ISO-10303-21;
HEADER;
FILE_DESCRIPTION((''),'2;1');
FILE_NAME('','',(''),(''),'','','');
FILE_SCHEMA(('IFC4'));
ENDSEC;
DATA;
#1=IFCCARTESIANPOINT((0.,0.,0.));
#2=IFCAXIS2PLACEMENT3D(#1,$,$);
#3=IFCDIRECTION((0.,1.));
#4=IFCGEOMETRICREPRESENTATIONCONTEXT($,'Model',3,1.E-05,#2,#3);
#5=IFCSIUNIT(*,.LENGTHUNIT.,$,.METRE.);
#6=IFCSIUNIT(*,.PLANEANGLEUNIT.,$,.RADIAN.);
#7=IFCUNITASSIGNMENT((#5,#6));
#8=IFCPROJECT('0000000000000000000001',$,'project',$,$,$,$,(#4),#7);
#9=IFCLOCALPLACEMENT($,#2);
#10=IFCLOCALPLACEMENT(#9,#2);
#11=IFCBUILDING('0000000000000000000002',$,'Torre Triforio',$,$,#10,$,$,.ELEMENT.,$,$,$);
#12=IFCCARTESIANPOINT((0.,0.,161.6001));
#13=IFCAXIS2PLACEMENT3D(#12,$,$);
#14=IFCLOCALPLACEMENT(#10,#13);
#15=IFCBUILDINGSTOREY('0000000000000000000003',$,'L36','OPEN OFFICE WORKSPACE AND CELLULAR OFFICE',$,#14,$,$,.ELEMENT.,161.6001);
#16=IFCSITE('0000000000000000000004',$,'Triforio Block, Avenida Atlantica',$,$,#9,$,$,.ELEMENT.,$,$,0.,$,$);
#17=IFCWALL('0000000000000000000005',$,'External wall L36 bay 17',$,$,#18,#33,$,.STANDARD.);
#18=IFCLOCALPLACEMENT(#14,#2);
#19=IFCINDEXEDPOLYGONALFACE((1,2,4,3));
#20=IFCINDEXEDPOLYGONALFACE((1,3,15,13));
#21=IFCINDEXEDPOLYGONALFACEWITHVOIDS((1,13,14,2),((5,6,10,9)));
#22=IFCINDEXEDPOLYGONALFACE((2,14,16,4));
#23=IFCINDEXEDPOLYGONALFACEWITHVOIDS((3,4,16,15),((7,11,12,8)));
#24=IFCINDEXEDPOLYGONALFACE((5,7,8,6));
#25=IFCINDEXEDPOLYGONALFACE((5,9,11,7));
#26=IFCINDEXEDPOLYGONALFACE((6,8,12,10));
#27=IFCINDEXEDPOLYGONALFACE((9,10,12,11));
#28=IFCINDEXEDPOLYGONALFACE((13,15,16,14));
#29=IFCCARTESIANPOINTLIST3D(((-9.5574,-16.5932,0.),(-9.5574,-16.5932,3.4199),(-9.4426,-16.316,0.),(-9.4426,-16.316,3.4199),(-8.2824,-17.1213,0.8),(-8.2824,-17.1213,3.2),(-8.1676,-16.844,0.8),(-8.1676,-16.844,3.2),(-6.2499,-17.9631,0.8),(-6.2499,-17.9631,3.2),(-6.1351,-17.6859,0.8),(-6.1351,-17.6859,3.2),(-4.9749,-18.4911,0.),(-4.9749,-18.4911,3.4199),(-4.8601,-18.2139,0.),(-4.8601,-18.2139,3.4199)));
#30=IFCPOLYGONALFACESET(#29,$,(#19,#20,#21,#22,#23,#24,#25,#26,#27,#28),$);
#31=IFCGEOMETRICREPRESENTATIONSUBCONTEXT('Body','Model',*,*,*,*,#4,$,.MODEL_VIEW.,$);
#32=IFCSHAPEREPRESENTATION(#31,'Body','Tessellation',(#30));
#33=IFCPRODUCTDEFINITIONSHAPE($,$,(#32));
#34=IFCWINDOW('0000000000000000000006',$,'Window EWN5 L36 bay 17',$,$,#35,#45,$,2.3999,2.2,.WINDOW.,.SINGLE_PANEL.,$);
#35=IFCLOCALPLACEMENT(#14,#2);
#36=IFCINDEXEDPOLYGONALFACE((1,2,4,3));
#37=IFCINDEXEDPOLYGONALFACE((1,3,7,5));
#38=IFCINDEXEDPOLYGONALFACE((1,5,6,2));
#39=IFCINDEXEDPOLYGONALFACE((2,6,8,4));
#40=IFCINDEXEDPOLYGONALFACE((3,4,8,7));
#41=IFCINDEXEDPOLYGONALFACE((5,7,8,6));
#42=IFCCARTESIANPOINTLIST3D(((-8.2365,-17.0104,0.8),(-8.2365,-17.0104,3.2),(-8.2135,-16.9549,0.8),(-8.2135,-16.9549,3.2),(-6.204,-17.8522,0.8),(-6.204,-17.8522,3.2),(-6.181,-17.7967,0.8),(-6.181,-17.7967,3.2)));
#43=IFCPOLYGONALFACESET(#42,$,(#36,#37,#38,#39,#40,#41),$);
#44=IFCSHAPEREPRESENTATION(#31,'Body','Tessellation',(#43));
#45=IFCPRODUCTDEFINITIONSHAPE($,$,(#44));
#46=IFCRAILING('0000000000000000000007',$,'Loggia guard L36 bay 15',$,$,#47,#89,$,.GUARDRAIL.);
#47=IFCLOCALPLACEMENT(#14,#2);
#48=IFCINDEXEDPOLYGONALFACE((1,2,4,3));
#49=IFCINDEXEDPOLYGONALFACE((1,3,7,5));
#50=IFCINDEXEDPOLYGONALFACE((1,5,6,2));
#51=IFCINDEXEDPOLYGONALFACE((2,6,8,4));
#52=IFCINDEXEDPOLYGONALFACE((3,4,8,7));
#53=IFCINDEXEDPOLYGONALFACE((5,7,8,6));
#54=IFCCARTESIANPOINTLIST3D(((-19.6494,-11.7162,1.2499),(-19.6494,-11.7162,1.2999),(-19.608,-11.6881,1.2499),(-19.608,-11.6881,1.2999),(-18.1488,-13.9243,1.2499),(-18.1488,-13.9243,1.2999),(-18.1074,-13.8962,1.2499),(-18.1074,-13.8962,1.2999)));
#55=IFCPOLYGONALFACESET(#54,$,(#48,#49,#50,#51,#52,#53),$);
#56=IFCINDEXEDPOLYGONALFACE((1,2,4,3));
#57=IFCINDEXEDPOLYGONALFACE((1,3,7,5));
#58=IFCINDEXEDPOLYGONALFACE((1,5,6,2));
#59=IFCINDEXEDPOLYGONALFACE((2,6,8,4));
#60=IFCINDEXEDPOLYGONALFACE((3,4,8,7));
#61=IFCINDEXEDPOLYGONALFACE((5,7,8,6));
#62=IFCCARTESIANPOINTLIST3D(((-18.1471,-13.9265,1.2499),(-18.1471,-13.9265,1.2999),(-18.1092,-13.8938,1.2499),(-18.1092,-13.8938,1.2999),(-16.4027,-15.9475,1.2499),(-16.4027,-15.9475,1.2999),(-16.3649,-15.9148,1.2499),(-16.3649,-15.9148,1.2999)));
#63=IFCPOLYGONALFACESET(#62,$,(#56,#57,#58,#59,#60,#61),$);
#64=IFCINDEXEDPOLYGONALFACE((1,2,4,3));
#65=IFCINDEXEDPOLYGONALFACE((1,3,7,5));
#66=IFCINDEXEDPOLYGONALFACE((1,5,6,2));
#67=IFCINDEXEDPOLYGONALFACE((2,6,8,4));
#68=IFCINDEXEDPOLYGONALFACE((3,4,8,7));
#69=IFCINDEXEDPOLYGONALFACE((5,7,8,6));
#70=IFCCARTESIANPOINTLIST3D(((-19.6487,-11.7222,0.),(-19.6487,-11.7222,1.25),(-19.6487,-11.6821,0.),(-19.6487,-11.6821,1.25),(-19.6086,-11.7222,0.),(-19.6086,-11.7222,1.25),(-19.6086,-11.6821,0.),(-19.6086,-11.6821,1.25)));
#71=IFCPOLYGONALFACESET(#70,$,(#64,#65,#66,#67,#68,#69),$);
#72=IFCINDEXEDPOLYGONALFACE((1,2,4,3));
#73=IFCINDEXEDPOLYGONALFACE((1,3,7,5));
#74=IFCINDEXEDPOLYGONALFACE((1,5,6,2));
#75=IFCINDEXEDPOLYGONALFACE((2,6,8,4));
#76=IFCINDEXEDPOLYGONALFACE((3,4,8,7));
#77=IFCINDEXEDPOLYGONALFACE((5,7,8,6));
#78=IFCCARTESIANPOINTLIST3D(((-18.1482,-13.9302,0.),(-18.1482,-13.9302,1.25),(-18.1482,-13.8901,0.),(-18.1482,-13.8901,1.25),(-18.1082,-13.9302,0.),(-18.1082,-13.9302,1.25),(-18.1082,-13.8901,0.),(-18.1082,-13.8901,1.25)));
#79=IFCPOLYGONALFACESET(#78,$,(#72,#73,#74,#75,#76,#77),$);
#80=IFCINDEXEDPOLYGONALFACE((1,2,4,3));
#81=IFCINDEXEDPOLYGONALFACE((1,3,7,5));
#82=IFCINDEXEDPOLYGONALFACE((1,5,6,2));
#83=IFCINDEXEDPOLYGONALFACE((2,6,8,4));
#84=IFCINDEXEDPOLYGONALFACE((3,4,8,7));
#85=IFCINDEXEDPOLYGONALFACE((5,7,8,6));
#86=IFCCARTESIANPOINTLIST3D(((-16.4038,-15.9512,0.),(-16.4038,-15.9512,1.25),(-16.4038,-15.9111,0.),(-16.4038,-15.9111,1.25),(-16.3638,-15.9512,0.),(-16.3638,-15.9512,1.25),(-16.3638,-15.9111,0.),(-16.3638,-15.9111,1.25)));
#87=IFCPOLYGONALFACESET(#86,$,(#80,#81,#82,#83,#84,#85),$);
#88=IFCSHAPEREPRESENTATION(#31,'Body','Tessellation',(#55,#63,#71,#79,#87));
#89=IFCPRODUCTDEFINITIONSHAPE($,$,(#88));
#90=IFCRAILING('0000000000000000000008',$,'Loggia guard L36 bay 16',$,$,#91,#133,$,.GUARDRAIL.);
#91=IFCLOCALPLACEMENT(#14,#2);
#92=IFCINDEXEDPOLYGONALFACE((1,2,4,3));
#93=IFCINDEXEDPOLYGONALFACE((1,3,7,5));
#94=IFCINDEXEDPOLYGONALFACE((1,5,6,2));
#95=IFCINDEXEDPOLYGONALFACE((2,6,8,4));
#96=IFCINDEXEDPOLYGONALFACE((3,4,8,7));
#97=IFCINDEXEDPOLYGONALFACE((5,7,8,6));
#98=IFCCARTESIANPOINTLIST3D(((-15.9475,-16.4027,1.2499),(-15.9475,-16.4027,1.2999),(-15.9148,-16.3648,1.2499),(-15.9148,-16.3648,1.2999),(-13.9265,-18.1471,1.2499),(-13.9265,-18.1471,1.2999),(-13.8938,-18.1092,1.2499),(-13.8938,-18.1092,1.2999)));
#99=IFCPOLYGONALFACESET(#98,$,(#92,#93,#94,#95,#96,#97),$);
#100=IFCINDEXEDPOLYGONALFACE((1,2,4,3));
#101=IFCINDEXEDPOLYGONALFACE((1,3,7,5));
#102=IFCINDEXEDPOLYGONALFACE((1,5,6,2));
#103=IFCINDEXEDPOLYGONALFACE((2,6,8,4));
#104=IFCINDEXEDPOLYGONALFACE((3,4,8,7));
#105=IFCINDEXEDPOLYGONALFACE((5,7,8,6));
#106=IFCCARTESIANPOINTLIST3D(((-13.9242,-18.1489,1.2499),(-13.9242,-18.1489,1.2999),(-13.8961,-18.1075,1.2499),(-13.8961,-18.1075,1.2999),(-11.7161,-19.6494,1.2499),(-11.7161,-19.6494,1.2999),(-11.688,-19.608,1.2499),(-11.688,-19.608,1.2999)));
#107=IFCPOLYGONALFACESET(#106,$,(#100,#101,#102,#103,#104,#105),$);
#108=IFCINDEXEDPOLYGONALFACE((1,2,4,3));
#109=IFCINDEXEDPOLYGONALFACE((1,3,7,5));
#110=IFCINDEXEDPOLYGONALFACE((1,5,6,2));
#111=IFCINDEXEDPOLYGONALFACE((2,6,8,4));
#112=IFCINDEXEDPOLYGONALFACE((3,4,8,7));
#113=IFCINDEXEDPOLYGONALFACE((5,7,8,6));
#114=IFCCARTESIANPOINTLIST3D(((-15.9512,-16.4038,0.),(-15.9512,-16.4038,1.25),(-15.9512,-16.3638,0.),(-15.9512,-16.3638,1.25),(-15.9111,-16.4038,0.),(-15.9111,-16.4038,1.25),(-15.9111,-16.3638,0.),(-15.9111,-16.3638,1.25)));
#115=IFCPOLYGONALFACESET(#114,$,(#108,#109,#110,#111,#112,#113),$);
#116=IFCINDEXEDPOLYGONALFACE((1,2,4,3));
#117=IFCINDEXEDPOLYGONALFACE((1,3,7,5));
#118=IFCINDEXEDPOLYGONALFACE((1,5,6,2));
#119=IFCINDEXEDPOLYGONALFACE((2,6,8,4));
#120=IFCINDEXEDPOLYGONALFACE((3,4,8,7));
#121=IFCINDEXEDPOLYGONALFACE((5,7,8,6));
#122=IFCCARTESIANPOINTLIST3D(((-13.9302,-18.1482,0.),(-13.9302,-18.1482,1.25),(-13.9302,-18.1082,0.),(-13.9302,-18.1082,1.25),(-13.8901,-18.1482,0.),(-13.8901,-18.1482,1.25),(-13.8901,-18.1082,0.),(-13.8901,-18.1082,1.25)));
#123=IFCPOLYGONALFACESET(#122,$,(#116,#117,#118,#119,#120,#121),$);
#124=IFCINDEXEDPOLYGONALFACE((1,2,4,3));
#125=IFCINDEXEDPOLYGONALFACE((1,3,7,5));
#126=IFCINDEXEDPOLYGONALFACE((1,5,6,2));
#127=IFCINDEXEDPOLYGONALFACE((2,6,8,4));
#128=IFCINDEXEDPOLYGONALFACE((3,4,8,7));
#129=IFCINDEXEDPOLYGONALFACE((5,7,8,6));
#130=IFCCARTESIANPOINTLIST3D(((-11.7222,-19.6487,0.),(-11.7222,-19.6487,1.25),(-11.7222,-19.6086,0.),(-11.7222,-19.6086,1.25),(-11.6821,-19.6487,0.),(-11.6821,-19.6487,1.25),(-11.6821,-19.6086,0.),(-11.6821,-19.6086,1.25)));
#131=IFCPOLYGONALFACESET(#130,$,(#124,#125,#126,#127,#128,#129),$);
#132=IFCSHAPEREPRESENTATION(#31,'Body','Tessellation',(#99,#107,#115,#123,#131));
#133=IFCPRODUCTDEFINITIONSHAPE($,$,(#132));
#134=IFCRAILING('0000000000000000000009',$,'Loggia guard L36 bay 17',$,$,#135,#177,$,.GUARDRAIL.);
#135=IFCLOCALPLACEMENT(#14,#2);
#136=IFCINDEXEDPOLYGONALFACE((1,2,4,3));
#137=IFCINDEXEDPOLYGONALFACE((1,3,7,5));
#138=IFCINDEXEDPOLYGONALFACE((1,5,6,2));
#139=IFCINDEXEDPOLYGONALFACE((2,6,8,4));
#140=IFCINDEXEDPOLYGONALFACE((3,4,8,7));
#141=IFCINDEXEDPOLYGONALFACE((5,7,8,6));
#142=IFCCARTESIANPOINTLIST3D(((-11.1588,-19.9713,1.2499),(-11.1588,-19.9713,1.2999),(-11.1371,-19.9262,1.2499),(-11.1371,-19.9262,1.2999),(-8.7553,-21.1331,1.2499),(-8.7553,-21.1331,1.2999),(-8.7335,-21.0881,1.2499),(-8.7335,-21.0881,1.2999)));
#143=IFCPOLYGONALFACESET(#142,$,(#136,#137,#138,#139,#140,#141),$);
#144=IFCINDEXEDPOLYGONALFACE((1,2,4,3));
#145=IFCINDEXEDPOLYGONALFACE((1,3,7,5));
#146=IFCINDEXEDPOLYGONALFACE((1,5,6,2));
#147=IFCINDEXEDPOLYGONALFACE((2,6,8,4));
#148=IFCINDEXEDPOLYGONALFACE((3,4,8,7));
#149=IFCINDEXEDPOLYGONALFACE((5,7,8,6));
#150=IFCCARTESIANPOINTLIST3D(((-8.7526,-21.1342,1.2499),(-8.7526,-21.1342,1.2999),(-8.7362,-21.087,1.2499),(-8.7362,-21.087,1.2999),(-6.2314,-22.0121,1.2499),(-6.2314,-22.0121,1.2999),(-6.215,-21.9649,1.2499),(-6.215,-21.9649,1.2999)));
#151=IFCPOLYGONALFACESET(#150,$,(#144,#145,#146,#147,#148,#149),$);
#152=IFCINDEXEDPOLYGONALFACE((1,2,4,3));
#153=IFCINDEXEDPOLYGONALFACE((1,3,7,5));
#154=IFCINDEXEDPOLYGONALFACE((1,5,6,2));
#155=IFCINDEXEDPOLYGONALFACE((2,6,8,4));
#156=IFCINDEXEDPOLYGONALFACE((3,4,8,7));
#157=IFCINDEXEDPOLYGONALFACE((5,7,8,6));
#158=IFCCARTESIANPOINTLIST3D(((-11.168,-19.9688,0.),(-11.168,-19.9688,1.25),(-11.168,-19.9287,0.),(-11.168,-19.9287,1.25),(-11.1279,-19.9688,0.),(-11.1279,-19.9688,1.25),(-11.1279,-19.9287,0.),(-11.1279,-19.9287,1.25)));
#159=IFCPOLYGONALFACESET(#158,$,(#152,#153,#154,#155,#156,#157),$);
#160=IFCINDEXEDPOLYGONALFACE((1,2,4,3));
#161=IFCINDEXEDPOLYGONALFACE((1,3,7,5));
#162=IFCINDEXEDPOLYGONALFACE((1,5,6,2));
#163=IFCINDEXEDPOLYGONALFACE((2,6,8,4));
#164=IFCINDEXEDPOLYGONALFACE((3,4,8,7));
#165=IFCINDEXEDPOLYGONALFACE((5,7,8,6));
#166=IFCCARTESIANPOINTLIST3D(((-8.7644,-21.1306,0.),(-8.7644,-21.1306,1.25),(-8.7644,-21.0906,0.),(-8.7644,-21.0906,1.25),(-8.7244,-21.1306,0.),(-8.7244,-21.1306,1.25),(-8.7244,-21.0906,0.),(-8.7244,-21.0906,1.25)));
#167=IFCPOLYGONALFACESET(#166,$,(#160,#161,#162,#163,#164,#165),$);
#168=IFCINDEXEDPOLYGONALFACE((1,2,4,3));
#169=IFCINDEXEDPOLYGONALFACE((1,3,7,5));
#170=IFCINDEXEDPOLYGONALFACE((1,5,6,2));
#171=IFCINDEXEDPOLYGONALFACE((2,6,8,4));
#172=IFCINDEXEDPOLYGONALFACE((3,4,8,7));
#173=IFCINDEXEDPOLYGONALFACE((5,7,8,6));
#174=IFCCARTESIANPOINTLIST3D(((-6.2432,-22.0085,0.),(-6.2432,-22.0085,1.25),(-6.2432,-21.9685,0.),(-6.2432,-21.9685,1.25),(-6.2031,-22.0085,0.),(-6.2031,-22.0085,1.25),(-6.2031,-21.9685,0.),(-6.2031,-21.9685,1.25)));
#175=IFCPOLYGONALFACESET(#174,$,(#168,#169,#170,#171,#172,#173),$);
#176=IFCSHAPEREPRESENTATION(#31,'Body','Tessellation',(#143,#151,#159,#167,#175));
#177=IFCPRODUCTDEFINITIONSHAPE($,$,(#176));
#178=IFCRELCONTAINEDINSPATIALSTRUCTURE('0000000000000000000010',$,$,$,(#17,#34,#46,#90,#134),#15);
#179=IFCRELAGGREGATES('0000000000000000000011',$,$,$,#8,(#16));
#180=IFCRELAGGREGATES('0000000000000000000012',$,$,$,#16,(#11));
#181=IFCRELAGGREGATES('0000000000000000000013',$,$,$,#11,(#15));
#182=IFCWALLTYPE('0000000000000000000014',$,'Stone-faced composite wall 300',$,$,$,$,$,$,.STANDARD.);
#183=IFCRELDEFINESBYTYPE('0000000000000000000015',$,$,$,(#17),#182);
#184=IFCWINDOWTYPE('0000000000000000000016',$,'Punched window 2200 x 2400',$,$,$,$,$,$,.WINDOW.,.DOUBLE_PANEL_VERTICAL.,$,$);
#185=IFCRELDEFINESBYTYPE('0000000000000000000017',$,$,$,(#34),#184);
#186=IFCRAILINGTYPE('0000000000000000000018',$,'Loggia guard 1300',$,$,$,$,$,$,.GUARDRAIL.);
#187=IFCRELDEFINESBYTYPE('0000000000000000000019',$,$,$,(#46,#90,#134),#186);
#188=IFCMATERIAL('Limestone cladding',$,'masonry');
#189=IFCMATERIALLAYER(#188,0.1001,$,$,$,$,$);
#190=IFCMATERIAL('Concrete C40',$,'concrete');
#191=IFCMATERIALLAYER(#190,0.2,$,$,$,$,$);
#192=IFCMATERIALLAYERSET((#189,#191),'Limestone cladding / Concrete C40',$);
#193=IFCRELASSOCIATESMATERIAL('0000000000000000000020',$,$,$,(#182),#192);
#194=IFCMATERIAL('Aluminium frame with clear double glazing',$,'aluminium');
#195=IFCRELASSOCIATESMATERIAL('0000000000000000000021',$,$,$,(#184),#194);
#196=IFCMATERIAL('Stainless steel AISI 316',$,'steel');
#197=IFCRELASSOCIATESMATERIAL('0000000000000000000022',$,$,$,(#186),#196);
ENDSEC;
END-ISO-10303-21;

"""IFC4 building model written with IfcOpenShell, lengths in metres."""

from ifc_helpers import new_model, si_unit, direction, frame, frame_2d, origin, origin_2d, place, context, subcontext, project, spatial, rectangle, extrude, material, layer, layer_set, type_object, element, fill, save


model = new_model("IFC4")

# Units and contexts
model_context = context("Model", 3, precision=1e-05, world=origin(), true_north=direction((0.0, 1.0)))
body_context = subcontext(model_context, "Body", "Model", "MODEL_VIEW")
ifc_project = project(units=[si_unit("LENGTHUNIT", "METRE"), si_unit("PLANEANGLEUNIT", "RADIAN")], contexts=[model_context])

# Site, building, storey
site_placement = place(None, origin())
site = spatial("IfcSite", under=ifc_project, at=site_placement, Name="Triforio Block, Avenida Atlantica", CompositionType="ELEMENT", RefElevation=0.0)
building_placement = place(site_placement, origin())
building = spatial("IfcBuilding", under=site, at=building_placement, Name="Torre Triforio", CompositionType="ELEMENT")
storey_placement = place(building_placement, frame((0.0, 0.0, 161.6001)))
storey = spatial("IfcBuildingStorey", under=building, at=storey_placement, Name="L36", Description="OPEN OFFICE WORKSPACE AND CELLULAR OFFICE", CompositionType="ELEMENT", Elevation=161.6001)

# Shared definitions
ifc_material_1 = material(Name="Concrete C40", Category="concrete")

# Shared definitions
ifc_material_2 = material(Name="Limestone cladding", Category="masonry")

# Shared definitions
ifc_layer_1 = layer(ifc_material_2, 0.1001)
ifc_layer_2 = layer(ifc_material_1, 0.2)
ifc_layer_set_1 = layer_set([ifc_layer_1, ifc_layer_2], Name="Limestone cladding / Concrete C40")
wall_type_1 = type_object("IfcWallType", Name="Stone-faced composite wall 300", PredefinedType="STANDARD", material=ifc_layer_set_1)
ifc_material_3 = material(Name="Aluminium frame with clear double glazing", Category="aluminium")
window_type_1 = type_object("IfcWindowType", Name="Punched window 2200 x 2400", PartitioningType="DOUBLE_PANEL_VERTICAL", PredefinedType="WINDOW", material=ifc_material_3)

# Wall, opening, window
wall_1_placement = place(storey_placement, frame((-9.5, -16.4546, 0.0), z_axis=(0.0, 0.0, 1.0), x_axis=(0.923893, -0.38265, 0.0)))
wall_1 = element("IfcWall", 1, at=wall_1_placement, inside=storey, type_object=wall_type_1, Name="External wall L36 bay 17", PredefinedType="STANDARD", context=body_context, shape_type="SweptSolid", body=[
    extrude(rectangle(XDim=4.96, YDim=0.3, at=frame_2d((2.48, 0.0))), origin(), (0.0, 0.0, 1.0), 3.4199),
])
opening_1_placement = place(wall_1_placement, frame((1.3799, 0.0, 0.8)))
opening_1 = element("IfcOpeningElement", 2, at=opening_1_placement, cuts=wall_1, PredefinedType="OPENING", context=body_context, shape_type="SweptSolid", body=[
    extrude(rectangle(XDim=2.2, YDim=2.3999, at=frame_2d((1.1001, 1.2))), frame((0.0, 0.1599, 0.0), z_axis=(0.0, -1.0, 0.0), x_axis=(1.0, 0.0, 0.0)), (0.0, 0.0, 1.0), 0.3201),
])
window_1_placement = place(opening_1_placement, origin())
window_1 = element("IfcWindow", 3, at=window_1_placement, inside=storey, type_object=window_type_1, Name="Window EWN5 L36 bay 17", OverallHeight=2.3999, OverallWidth=2.2, PartitioningType="SINGLE_PANEL", PredefinedType="WINDOW", context=body_context, shape_type="SweptSolid", body=[
    extrude(rectangle(XDim=2.2, YDim=2.3999, at=frame_2d((1.1001, 1.2))), frame((0.0, 0.03, 0.0), z_axis=(0.0, -1.0, 0.0), x_axis=(1.0, 0.0, 0.0)), (0.0, 0.0, 1.0), 0.0601),
])
fill(opening_1, window_1)

# Railings
ifc_material_4 = material(Name="Stainless steel AISI 316", Category="steel")
railing_type = type_object("IfcRailingType", Name="Loggia guard 1300", PredefinedType="GUARDRAIL", material=ifc_material_4)
railing_1_placement = place(storey_placement, frame((-19.6287, -11.7021, 0.0)))
element("IfcRailing", 4, at=railing_1_placement, inside=storey, type_object=railing_type, Name="Loggia guard L36 bay 15", PredefinedType="GUARDRAIL", context=body_context, shape_type="SweptSolid", body=[
    extrude(rectangle(XDim=0.05, YDim=0.05, at=origin_2d()), frame((0.0, 0.0, 1.2749), z_axis=(0.562065, -0.827093, 0.0), x_axis=(0.827093, 0.562065, 0.0)), (0.0, 0.0, 1.0), 2.6697),
    extrude(rectangle(XDim=0.05, YDim=0.05, at=origin_2d()), frame((1.5005, -2.208, 1.2749), z_axis=(0.653401, -0.757012, 0.0), x_axis=(0.757012, 0.653401, 0.0)), (0.0, 0.0, 1.0), 2.6697),
    extrude(rectangle(XDim=0.04, YDim=0.04, at=origin_2d()), origin(), (0.0, 0.0, 1.0), 1.25),
    extrude(rectangle(XDim=0.04, YDim=0.04, at=origin_2d()), frame((1.5005, -2.208, 0.0)), (0.0, 0.0, 1.0), 1.25),
    extrude(rectangle(XDim=0.04, YDim=0.04, at=origin_2d()), frame((3.2449, -4.229, 0.0)), (0.0, 0.0, 1.0), 1.25),
])
railing_2_placement = place(storey_placement, frame((-15.9312, -16.3838, 0.0)))
element("IfcRailing", 5, at=railing_2_placement, inside=storey, type_object=railing_type, Name="Loggia guard L36 bay 16", PredefinedType="GUARDRAIL", context=body_context, shape_type="SweptSolid", body=[
    extrude(rectangle(XDim=0.05, YDim=0.05, at=origin_2d()), frame((0.0, 0.0, 1.2749), z_axis=(0.757012, -0.653401, 0.0), x_axis=(0.653401, 0.757012, 0.0)), (0.0, 0.0, 1.0), 2.6697),
    extrude(rectangle(XDim=0.05, YDim=0.05, at=origin_2d()), frame((2.021, -1.7444, 1.2749), z_axis=(0.827093, -0.562065, 0.0), x_axis=(0.562065, 0.827093, 0.0)), (0.0, 0.0, 1.0), 2.6697),
    extrude(rectangle(XDim=0.04, YDim=0.04, at=origin_2d()), origin(), (0.0, 0.0, 1.0), 1.25),
    extrude(rectangle(XDim=0.04, YDim=0.04, at=origin_2d()), frame((2.021, -1.7444, 0.0)), (0.0, 0.0, 1.0), 1.25),
    extrude(rectangle(XDim=0.04, YDim=0.04, at=origin_2d()), frame((4.229, -3.2449, 0.0)), (0.0, 0.0, 1.0), 1.25),
])
railing_3_placement = place(storey_placement, frame((-11.1479, -19.9487, 0.0)))
element("IfcRailing", 6, at=railing_3_placement, inside=storey, type_object=railing_type, Name="Loggia guard L36 bay 17", PredefinedType="GUARDRAIL", context=body_context, shape_type="SweptSolid", body=[
    extrude(rectangle(XDim=0.05, YDim=0.05, at=origin_2d()), frame((0.0, 0.0, 1.2749), z_axis=(0.900328, -0.435212, 0.0), x_axis=(0.435212, 0.900328, 0.0)), (0.0, 0.0, 1.0), 2.6697),
    extrude(rectangle(XDim=0.05, YDim=0.05, at=origin_2d()), frame((2.4036, -1.1619, 1.2749), z_axis=(0.944383, -0.328847, 0.0), x_axis=(0.328847, 0.944383, 0.0)), (0.0, 0.0, 1.0), 2.6697),
    extrude(rectangle(XDim=0.04, YDim=0.04, at=origin_2d()), origin(), (0.0, 0.0, 1.0), 1.25),
    extrude(rectangle(XDim=0.04, YDim=0.04, at=origin_2d()), frame((2.4036, -1.1619, 0.0)), (0.0, 0.0, 1.0), 1.25),
    extrude(rectangle(XDim=0.04, YDim=0.04, at=origin_2d()), frame((4.9248, -2.0398, 0.0)), (0.0, 0.0, 1.0), 1.25),
])

save(model, "model.ifc")
